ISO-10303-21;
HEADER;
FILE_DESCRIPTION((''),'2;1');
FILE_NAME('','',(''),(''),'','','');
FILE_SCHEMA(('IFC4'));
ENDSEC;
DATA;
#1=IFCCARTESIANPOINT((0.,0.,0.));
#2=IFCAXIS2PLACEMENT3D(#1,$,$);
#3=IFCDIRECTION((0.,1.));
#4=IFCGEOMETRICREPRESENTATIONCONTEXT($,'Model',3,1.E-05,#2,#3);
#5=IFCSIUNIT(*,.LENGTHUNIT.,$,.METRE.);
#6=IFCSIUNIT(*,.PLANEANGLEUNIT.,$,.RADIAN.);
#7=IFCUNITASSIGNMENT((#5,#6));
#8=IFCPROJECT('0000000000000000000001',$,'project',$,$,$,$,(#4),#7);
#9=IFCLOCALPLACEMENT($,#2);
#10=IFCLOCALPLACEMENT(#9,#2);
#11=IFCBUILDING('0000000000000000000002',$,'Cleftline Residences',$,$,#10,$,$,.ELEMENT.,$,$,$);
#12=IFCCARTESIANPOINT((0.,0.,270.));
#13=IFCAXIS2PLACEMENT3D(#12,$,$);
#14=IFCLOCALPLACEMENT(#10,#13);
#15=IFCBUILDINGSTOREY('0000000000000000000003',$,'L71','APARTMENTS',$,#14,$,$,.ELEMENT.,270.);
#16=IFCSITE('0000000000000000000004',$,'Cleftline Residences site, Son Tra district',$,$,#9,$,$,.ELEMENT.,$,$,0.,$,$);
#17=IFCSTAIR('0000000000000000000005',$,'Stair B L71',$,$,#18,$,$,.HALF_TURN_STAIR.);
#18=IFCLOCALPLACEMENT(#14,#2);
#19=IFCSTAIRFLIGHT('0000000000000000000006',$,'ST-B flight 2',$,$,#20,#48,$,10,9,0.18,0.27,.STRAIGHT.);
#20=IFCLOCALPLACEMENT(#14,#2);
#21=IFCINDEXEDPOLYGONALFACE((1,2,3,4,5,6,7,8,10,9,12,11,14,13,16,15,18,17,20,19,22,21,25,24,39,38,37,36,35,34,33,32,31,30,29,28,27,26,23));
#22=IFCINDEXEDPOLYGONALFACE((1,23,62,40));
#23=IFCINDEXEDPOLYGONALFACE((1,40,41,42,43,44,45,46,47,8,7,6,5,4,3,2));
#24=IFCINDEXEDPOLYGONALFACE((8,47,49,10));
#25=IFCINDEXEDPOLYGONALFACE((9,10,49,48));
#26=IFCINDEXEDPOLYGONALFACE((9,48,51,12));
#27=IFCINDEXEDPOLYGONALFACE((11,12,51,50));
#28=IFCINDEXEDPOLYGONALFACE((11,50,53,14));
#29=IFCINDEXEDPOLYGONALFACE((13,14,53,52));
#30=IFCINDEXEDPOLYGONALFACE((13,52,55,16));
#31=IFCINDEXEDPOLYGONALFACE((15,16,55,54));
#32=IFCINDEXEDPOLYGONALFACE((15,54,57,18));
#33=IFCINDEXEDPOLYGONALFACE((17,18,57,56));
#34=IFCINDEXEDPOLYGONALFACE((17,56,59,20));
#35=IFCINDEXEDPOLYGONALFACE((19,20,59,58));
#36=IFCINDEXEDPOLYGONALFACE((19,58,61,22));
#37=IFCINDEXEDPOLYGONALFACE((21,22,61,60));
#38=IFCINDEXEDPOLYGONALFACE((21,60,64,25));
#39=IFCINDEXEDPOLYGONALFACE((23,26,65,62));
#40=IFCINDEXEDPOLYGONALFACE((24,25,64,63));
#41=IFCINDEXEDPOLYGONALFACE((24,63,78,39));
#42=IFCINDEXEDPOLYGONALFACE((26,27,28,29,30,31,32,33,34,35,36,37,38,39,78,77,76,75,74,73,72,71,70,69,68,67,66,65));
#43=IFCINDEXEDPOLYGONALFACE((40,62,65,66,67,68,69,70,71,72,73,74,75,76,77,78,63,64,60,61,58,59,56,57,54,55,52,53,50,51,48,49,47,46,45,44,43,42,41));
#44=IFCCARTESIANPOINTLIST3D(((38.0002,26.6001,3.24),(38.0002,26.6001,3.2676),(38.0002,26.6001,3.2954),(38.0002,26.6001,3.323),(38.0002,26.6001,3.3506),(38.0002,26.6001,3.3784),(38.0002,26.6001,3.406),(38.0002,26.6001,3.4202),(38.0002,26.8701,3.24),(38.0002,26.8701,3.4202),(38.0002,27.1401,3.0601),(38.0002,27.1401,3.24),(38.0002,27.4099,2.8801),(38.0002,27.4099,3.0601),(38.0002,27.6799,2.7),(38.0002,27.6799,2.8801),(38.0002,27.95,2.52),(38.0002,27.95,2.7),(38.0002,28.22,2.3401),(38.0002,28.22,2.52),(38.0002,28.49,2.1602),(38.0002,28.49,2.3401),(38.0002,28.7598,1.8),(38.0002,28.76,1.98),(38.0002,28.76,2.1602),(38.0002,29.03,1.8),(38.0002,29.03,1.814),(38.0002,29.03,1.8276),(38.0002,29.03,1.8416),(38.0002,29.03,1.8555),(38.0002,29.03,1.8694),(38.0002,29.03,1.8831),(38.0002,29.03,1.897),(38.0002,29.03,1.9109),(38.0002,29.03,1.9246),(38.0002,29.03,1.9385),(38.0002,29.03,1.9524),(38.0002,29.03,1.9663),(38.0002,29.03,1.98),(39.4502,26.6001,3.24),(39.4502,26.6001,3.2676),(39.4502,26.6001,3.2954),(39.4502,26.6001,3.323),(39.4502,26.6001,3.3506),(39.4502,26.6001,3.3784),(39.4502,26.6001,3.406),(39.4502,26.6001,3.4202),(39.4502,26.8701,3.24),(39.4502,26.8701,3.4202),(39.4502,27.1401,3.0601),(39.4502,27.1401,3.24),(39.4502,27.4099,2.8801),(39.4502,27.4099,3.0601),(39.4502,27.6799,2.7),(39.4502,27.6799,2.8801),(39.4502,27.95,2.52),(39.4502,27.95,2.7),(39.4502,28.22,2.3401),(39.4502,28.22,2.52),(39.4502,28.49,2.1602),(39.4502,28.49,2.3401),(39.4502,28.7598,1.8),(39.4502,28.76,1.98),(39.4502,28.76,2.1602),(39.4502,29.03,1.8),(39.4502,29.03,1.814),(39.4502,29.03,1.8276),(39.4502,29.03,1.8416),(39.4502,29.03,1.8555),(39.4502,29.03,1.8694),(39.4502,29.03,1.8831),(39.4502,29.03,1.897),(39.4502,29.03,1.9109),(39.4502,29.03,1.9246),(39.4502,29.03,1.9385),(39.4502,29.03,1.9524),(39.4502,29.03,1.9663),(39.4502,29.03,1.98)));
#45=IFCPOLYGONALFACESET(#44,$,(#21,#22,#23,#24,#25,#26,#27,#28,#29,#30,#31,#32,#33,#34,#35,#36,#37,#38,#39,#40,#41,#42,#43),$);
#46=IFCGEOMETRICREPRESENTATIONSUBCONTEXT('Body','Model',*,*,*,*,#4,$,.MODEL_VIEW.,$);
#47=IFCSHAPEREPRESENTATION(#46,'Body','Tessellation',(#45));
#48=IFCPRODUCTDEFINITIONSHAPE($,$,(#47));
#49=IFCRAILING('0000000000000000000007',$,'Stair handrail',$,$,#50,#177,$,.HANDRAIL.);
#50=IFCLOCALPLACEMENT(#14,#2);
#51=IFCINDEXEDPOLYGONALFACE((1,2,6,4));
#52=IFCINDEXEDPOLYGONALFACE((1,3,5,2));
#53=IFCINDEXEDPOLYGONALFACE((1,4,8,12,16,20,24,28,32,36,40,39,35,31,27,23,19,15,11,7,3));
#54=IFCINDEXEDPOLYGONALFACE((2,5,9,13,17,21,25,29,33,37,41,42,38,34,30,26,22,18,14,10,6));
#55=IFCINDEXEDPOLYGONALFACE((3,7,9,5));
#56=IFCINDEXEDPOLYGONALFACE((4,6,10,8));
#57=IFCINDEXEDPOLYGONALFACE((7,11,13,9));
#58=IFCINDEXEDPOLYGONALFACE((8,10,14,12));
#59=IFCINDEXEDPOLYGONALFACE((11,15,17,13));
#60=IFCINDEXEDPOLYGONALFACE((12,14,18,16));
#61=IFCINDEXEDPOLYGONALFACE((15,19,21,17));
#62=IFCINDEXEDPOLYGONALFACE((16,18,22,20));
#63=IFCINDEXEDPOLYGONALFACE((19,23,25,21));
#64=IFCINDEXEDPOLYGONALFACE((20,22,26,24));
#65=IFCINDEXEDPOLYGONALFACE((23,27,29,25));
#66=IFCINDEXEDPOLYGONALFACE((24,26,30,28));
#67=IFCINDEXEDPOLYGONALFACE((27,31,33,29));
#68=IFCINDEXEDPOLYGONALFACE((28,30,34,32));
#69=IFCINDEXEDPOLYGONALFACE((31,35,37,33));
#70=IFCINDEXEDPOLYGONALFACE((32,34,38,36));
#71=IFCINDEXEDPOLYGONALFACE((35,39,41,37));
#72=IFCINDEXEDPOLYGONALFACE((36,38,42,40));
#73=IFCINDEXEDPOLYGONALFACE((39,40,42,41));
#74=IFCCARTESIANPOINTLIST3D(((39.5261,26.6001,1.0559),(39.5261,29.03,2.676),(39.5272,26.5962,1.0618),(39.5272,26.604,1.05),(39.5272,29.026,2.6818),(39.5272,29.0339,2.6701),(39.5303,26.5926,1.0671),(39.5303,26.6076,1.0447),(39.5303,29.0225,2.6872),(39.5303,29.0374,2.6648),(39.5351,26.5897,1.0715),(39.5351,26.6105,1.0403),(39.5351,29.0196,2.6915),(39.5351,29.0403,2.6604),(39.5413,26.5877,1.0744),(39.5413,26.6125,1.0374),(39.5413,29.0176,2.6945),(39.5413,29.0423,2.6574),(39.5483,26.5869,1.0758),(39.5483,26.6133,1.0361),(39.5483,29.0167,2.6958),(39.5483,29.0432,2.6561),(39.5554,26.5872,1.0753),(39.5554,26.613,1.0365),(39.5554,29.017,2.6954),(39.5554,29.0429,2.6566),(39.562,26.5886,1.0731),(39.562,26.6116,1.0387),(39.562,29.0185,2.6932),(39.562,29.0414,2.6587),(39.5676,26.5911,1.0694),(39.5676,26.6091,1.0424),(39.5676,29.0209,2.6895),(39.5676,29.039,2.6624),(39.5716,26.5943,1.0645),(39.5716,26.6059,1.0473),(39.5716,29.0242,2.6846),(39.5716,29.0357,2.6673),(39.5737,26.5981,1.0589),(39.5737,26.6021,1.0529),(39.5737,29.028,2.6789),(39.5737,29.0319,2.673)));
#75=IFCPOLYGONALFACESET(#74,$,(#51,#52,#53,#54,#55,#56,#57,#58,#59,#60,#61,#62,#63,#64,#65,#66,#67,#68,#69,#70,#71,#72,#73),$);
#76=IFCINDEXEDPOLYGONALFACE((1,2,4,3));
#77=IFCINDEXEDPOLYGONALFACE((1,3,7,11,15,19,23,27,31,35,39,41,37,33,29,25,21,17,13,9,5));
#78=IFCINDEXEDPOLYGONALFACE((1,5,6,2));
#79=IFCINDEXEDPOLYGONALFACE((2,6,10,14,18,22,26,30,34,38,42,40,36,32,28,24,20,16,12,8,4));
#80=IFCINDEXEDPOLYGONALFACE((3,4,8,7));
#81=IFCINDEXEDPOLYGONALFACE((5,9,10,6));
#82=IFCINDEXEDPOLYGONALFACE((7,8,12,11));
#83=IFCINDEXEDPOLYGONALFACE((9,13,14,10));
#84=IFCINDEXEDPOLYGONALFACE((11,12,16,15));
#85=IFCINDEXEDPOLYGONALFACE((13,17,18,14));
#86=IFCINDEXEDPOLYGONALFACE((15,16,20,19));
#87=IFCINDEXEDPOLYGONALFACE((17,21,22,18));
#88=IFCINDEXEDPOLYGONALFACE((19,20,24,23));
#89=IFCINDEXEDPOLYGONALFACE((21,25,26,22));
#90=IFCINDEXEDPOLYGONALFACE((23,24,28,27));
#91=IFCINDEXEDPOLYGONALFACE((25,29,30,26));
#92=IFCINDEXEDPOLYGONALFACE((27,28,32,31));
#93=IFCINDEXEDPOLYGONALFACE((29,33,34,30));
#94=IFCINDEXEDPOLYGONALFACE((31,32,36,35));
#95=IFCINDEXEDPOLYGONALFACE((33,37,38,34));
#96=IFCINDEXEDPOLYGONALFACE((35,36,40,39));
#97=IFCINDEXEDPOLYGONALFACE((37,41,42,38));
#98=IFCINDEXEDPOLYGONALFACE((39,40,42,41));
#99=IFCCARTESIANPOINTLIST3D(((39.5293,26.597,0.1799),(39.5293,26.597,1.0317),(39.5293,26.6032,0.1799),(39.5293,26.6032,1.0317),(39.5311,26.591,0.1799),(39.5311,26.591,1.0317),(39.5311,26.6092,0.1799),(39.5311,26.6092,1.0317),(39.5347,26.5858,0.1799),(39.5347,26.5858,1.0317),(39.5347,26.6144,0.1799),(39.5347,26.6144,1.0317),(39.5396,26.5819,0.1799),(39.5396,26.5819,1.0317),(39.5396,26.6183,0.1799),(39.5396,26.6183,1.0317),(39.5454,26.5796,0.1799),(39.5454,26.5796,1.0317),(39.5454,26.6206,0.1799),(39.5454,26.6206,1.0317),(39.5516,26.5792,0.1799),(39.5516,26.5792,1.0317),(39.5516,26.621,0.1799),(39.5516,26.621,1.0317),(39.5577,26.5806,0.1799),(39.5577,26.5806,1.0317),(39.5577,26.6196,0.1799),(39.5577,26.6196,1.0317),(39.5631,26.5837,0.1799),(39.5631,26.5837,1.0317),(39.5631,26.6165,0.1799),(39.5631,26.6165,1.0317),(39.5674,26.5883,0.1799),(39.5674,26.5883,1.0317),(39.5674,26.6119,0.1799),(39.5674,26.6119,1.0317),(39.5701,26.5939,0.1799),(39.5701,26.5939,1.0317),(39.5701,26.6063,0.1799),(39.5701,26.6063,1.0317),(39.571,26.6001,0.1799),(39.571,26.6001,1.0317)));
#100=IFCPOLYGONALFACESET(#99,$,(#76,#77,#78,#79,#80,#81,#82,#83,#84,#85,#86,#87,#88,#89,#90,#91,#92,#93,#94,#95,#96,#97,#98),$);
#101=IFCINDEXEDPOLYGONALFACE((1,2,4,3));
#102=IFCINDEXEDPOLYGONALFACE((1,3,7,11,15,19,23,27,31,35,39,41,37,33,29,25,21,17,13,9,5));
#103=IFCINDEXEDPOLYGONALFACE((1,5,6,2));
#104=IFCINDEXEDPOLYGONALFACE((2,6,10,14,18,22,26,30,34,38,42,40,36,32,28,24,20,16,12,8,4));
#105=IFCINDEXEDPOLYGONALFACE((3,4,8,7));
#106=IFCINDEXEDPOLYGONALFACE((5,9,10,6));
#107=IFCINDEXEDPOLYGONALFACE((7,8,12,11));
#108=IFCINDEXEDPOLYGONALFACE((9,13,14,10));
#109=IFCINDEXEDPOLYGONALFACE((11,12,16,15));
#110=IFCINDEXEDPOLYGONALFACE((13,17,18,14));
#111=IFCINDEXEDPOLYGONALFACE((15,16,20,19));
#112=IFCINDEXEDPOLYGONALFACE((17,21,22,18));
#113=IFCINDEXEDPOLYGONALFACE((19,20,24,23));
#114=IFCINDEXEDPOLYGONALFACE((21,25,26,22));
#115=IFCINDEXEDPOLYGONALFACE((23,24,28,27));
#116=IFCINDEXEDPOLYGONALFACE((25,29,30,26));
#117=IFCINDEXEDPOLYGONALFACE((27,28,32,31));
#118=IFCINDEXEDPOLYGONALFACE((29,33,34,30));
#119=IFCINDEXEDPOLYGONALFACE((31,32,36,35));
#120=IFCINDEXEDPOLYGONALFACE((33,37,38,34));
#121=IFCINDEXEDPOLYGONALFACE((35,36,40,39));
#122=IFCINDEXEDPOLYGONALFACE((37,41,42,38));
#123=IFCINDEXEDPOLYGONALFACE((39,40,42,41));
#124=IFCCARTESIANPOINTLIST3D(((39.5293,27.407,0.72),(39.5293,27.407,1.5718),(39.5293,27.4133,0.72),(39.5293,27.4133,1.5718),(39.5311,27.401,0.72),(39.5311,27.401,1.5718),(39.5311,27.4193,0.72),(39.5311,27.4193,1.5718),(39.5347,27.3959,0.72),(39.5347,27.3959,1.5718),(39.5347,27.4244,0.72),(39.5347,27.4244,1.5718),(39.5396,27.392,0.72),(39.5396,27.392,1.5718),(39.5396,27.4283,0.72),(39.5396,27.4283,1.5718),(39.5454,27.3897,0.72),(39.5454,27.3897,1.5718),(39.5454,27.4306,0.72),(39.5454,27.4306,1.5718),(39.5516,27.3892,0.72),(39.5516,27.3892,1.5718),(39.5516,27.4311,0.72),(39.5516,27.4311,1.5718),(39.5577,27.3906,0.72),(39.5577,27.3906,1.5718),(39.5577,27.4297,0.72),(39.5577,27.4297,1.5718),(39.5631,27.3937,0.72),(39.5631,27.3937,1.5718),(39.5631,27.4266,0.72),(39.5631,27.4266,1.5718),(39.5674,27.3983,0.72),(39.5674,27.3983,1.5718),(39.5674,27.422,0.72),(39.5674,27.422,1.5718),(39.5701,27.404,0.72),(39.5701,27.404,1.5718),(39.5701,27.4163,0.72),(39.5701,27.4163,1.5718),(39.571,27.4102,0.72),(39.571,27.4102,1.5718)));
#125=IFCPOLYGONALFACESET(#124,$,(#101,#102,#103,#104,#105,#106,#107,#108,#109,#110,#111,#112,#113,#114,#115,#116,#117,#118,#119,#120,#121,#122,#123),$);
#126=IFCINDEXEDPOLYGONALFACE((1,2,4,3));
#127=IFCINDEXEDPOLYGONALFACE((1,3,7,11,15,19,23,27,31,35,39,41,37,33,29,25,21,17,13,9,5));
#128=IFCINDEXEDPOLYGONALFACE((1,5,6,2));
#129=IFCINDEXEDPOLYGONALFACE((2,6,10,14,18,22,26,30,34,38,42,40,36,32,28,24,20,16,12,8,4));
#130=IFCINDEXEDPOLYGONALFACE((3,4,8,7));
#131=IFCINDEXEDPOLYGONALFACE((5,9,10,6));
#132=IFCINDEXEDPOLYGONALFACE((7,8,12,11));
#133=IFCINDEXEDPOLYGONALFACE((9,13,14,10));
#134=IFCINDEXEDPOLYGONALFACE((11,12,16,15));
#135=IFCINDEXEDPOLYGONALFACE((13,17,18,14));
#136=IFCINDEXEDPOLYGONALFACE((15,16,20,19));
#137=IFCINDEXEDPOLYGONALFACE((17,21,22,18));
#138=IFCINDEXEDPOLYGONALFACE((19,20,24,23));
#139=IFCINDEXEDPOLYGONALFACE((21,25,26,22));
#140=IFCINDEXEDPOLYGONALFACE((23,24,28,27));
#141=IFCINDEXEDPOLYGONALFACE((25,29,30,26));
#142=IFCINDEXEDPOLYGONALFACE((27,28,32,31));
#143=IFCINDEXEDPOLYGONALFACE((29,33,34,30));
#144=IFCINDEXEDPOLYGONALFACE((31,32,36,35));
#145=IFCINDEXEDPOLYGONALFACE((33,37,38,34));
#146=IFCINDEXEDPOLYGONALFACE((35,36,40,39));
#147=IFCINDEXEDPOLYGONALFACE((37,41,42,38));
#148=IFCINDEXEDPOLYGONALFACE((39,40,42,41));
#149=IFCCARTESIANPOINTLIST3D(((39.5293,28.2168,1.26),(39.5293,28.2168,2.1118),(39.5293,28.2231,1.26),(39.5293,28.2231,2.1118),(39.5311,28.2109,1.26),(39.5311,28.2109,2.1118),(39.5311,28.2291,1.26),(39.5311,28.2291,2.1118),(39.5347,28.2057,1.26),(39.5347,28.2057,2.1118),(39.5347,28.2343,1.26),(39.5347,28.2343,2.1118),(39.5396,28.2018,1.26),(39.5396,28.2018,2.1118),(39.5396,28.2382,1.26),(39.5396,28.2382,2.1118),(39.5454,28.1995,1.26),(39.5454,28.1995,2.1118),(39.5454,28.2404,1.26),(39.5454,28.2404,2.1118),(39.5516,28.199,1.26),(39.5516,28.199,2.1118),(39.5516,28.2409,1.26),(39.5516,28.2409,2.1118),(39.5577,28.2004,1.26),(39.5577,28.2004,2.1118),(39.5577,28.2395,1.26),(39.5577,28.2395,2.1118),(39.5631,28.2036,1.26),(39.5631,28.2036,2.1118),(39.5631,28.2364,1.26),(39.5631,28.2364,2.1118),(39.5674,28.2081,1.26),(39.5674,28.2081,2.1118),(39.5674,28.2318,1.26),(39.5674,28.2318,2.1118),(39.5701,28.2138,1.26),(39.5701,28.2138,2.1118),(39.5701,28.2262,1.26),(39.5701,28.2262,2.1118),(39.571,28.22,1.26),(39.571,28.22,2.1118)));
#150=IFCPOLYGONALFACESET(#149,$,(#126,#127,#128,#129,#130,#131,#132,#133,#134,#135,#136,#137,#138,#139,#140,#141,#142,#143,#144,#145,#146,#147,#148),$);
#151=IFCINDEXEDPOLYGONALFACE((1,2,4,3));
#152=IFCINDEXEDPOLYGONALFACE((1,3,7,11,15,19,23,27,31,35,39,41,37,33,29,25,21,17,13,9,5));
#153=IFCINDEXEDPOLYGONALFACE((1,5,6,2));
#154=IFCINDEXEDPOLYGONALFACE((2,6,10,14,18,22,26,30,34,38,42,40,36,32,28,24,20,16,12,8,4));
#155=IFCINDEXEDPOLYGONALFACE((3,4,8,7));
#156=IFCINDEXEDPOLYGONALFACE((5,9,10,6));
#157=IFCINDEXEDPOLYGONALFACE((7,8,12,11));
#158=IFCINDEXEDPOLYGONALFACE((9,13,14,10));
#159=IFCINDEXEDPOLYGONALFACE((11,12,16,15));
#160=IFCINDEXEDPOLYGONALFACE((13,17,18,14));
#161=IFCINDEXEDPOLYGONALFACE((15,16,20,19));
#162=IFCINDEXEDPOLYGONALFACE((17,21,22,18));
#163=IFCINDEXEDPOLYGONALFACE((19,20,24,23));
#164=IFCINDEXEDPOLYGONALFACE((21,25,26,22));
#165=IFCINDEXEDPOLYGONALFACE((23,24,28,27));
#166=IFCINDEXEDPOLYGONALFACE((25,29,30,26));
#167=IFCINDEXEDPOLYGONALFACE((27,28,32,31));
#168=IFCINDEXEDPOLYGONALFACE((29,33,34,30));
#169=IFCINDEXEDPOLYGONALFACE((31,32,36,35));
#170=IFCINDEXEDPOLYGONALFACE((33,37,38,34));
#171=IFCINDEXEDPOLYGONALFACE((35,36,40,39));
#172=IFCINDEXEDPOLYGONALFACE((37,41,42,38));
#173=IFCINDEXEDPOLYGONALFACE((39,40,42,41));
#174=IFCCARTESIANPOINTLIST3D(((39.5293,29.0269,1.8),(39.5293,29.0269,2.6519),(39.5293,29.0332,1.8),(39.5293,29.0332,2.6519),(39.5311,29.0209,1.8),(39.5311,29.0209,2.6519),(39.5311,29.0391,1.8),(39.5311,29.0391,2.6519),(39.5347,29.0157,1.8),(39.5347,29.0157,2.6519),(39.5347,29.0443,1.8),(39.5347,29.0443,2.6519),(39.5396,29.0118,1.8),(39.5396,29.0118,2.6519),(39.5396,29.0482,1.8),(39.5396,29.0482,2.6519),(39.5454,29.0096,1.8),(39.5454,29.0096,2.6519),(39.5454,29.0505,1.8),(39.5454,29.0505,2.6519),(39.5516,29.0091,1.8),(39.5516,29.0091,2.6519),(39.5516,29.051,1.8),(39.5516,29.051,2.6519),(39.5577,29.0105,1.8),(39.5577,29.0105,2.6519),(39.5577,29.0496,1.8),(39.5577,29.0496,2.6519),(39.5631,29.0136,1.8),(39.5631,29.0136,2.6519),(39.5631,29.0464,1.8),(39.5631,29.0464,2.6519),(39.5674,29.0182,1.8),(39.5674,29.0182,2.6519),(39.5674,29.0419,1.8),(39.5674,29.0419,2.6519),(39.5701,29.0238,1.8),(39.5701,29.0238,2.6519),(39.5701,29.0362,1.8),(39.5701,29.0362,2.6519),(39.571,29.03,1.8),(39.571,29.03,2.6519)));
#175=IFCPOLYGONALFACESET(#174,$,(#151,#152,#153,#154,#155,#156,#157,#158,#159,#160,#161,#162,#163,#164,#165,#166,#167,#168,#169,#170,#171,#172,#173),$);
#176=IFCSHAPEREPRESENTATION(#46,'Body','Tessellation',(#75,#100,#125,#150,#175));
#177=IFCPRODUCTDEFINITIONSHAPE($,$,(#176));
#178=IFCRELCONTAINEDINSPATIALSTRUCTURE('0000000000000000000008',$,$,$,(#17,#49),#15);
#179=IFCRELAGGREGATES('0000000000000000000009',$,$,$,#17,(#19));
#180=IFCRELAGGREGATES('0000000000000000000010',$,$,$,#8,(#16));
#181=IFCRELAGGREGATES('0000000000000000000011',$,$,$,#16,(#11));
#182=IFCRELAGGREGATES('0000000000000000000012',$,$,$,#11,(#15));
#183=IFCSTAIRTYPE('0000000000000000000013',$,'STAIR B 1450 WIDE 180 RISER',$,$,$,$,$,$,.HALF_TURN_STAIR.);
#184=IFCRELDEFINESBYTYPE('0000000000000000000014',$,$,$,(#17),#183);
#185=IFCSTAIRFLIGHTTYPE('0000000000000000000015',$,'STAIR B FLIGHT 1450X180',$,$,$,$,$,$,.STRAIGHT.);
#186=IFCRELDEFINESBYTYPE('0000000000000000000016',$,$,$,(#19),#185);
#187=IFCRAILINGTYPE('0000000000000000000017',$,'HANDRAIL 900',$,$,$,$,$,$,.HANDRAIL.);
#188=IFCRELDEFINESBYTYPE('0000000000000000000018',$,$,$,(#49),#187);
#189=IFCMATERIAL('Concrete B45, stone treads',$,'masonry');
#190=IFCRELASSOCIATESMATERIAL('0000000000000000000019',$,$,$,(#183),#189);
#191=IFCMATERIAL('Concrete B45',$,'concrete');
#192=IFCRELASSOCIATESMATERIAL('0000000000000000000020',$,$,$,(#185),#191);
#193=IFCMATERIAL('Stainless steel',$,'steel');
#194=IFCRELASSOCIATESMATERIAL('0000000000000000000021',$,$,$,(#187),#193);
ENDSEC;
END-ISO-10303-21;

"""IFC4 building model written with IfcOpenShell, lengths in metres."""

from ifc_helpers import new_model, si_unit, direction, frame, origin, origin_2d, place, context, subcontext, project, spatial, polyline, circle, outline, extrude, material, type_object, element, aggregate, save


model = new_model("IFC4")

# Units and contexts
model_context = context("Model", 3, precision=1e-05, world=origin(), true_north=direction((0.0, 1.0)))
body_context = subcontext(model_context, "Body", "Model", "MODEL_VIEW")
ifc_project = project(units=[si_unit("LENGTHUNIT", "METRE"), si_unit("PLANEANGLEUNIT", "RADIAN")], contexts=[model_context])

# Site, building, storey
site_placement = place(None, origin())
site = spatial("IfcSite", under=ifc_project, at=site_placement, Name="Cleftline Residences site, Son Tra district", CompositionType="ELEMENT", RefElevation=0.0)
building_placement = place(site_placement, origin())
building = spatial("IfcBuilding", under=site, at=building_placement, Name="Cleftline Residences", CompositionType="ELEMENT")
storey_placement = place(building_placement, frame((0.0, 0.0, 270.0)))
storey = spatial("IfcBuildingStorey", under=building, at=storey_placement, Name="L71", Description="APARTMENTS", CompositionType="ELEMENT", Elevation=270.0)

# Stair, stair flight
ifc_material_1 = material(Name="Concrete B45, stone treads", Category="masonry")
stair_type = type_object("IfcStairType", Name="STAIR B 1450 WIDE 180 RISER", PredefinedType="HALF_TURN_STAIR", material=ifc_material_1)
stair_placement = place(storey_placement, origin())
stair = element("IfcStair", 1, at=stair_placement, inside=storey, type_object=stair_type, Name="Stair B L71", PredefinedType="HALF_TURN_STAIR")
ifc_material_2 = material(Name="Concrete B45", Category="concrete")
stair_flight_type = type_object("IfcStairFlightType", Name="STAIR B FLIGHT 1450X180", PredefinedType="STRAIGHT", material=ifc_material_2)
stair_flight_1_placement = place(storey_placement, frame((38.7251, 29.03, 1.8), z_axis=(0.0, 0.0, 1.0), x_axis=(0.0, -1.0, 0.0)))
stair_flight_1 = element("IfcStairFlight", 2, at=stair_flight_1_placement, type_object=stair_flight_type, Name="ST-B flight 2", NumberOfRisers=10, NumberOfTreads=9, PredefinedType="STRAIGHT", RiserHeight=0.18, TreadLength=0.27, context=body_context, shape_type="SweptSolid", body=[
    extrude(outline(polyline([(0.0, 0.0), (0.0, 0.0139), (0.0, 0.0276), (0.0, 0.0415), (0.0, 0.0554), (0.0, 0.0693), (0.0, 0.083), (0.0, 0.0969), (0.0, 0.1108), (0.0, 0.1245), (0.0, 0.1384), (0.0, 0.1523), (0.0, 0.1663), (0.0, 0.1799), (0.27, 0.1799), (0.27, 0.3601), (0.54, 0.3601), (0.54, 0.54), (0.8101, 0.54), (0.8101, 0.72), (1.0801, 0.72), (1.0801, 0.8999), (1.3501, 0.8999), (1.3501, 1.0801), (1.6201, 1.0801), (1.6201, 1.26), (1.8899, 1.26), (1.8899, 1.4399), (2.1599, 1.4399), (2.1599, 1.6201), (2.4299, 1.6201), (2.4299, 1.8), (2.4299, 1.7722), (2.4299, 1.7446), (2.4299, 1.7168), (2.4299, 1.6892), (2.4299, 1.6614), (2.4299, 1.6338), (2.4299, 1.606), (2.4299, 1.5784), (2.4299, 1.5505), (2.4299, 1.5229), (2.4299, 1.4954), (2.4299, 1.4675), (2.4299, 1.4399), (0.2703, 0.0), (0.0, 0.0)])), frame((0.0, 0.7251, 0.0), z_axis=(0.0, -1.0, 0.0), x_axis=(1.0, 0.0, 0.0)), (0.0, 0.0, 1.0), 1.45),
])
aggregate(stair, [stair_flight_1])

# Railing
ifc_material_3 = material(Name="Stainless steel", Category="steel")
railing_type = type_object("IfcRailingType", Name="HANDRAIL 900", PredefinedType="HANDRAIL", material=ifc_material_3)
railing_1_placement = place(storey_placement, frame((39.55, 26.6001, 0.1799)))
element("IfcRailing", 3, at=railing_1_placement, inside=storey, type_object=railing_type, Name="Stair handrail", PredefinedType="HANDRAIL", context=body_context, shape_type="SweptSolid", body=[
    extrude(circle(Radius=0.0239, at=origin_2d()), frame((0.0, 0.0, 0.876), z_axis=(0.0, 0.832025, 0.554739), x_axis=(-1.0, 0.0, 0.0)), (0.0, 0.0, 1.0), 2.9204),
    extrude(circle(Radius=0.021, at=origin_2d()), origin(), (0.0, 0.0, 1.0), 0.8518),
    extrude(circle(Radius=0.021, at=origin_2d()), frame((0.0, 0.8101, 0.54)), (0.0, 0.0, 1.0), 0.8518),
    extrude(circle(Radius=0.021, at=origin_2d()), frame((0.0, 1.6199, 1.0801)), (0.0, 0.0, 1.0), 0.8518),
    extrude(circle(Radius=0.021, at=origin_2d()), frame((0.0, 2.4299, 1.6201)), (0.0, 0.0, 1.0), 0.8518),
])

save(model, "model.ifc")
